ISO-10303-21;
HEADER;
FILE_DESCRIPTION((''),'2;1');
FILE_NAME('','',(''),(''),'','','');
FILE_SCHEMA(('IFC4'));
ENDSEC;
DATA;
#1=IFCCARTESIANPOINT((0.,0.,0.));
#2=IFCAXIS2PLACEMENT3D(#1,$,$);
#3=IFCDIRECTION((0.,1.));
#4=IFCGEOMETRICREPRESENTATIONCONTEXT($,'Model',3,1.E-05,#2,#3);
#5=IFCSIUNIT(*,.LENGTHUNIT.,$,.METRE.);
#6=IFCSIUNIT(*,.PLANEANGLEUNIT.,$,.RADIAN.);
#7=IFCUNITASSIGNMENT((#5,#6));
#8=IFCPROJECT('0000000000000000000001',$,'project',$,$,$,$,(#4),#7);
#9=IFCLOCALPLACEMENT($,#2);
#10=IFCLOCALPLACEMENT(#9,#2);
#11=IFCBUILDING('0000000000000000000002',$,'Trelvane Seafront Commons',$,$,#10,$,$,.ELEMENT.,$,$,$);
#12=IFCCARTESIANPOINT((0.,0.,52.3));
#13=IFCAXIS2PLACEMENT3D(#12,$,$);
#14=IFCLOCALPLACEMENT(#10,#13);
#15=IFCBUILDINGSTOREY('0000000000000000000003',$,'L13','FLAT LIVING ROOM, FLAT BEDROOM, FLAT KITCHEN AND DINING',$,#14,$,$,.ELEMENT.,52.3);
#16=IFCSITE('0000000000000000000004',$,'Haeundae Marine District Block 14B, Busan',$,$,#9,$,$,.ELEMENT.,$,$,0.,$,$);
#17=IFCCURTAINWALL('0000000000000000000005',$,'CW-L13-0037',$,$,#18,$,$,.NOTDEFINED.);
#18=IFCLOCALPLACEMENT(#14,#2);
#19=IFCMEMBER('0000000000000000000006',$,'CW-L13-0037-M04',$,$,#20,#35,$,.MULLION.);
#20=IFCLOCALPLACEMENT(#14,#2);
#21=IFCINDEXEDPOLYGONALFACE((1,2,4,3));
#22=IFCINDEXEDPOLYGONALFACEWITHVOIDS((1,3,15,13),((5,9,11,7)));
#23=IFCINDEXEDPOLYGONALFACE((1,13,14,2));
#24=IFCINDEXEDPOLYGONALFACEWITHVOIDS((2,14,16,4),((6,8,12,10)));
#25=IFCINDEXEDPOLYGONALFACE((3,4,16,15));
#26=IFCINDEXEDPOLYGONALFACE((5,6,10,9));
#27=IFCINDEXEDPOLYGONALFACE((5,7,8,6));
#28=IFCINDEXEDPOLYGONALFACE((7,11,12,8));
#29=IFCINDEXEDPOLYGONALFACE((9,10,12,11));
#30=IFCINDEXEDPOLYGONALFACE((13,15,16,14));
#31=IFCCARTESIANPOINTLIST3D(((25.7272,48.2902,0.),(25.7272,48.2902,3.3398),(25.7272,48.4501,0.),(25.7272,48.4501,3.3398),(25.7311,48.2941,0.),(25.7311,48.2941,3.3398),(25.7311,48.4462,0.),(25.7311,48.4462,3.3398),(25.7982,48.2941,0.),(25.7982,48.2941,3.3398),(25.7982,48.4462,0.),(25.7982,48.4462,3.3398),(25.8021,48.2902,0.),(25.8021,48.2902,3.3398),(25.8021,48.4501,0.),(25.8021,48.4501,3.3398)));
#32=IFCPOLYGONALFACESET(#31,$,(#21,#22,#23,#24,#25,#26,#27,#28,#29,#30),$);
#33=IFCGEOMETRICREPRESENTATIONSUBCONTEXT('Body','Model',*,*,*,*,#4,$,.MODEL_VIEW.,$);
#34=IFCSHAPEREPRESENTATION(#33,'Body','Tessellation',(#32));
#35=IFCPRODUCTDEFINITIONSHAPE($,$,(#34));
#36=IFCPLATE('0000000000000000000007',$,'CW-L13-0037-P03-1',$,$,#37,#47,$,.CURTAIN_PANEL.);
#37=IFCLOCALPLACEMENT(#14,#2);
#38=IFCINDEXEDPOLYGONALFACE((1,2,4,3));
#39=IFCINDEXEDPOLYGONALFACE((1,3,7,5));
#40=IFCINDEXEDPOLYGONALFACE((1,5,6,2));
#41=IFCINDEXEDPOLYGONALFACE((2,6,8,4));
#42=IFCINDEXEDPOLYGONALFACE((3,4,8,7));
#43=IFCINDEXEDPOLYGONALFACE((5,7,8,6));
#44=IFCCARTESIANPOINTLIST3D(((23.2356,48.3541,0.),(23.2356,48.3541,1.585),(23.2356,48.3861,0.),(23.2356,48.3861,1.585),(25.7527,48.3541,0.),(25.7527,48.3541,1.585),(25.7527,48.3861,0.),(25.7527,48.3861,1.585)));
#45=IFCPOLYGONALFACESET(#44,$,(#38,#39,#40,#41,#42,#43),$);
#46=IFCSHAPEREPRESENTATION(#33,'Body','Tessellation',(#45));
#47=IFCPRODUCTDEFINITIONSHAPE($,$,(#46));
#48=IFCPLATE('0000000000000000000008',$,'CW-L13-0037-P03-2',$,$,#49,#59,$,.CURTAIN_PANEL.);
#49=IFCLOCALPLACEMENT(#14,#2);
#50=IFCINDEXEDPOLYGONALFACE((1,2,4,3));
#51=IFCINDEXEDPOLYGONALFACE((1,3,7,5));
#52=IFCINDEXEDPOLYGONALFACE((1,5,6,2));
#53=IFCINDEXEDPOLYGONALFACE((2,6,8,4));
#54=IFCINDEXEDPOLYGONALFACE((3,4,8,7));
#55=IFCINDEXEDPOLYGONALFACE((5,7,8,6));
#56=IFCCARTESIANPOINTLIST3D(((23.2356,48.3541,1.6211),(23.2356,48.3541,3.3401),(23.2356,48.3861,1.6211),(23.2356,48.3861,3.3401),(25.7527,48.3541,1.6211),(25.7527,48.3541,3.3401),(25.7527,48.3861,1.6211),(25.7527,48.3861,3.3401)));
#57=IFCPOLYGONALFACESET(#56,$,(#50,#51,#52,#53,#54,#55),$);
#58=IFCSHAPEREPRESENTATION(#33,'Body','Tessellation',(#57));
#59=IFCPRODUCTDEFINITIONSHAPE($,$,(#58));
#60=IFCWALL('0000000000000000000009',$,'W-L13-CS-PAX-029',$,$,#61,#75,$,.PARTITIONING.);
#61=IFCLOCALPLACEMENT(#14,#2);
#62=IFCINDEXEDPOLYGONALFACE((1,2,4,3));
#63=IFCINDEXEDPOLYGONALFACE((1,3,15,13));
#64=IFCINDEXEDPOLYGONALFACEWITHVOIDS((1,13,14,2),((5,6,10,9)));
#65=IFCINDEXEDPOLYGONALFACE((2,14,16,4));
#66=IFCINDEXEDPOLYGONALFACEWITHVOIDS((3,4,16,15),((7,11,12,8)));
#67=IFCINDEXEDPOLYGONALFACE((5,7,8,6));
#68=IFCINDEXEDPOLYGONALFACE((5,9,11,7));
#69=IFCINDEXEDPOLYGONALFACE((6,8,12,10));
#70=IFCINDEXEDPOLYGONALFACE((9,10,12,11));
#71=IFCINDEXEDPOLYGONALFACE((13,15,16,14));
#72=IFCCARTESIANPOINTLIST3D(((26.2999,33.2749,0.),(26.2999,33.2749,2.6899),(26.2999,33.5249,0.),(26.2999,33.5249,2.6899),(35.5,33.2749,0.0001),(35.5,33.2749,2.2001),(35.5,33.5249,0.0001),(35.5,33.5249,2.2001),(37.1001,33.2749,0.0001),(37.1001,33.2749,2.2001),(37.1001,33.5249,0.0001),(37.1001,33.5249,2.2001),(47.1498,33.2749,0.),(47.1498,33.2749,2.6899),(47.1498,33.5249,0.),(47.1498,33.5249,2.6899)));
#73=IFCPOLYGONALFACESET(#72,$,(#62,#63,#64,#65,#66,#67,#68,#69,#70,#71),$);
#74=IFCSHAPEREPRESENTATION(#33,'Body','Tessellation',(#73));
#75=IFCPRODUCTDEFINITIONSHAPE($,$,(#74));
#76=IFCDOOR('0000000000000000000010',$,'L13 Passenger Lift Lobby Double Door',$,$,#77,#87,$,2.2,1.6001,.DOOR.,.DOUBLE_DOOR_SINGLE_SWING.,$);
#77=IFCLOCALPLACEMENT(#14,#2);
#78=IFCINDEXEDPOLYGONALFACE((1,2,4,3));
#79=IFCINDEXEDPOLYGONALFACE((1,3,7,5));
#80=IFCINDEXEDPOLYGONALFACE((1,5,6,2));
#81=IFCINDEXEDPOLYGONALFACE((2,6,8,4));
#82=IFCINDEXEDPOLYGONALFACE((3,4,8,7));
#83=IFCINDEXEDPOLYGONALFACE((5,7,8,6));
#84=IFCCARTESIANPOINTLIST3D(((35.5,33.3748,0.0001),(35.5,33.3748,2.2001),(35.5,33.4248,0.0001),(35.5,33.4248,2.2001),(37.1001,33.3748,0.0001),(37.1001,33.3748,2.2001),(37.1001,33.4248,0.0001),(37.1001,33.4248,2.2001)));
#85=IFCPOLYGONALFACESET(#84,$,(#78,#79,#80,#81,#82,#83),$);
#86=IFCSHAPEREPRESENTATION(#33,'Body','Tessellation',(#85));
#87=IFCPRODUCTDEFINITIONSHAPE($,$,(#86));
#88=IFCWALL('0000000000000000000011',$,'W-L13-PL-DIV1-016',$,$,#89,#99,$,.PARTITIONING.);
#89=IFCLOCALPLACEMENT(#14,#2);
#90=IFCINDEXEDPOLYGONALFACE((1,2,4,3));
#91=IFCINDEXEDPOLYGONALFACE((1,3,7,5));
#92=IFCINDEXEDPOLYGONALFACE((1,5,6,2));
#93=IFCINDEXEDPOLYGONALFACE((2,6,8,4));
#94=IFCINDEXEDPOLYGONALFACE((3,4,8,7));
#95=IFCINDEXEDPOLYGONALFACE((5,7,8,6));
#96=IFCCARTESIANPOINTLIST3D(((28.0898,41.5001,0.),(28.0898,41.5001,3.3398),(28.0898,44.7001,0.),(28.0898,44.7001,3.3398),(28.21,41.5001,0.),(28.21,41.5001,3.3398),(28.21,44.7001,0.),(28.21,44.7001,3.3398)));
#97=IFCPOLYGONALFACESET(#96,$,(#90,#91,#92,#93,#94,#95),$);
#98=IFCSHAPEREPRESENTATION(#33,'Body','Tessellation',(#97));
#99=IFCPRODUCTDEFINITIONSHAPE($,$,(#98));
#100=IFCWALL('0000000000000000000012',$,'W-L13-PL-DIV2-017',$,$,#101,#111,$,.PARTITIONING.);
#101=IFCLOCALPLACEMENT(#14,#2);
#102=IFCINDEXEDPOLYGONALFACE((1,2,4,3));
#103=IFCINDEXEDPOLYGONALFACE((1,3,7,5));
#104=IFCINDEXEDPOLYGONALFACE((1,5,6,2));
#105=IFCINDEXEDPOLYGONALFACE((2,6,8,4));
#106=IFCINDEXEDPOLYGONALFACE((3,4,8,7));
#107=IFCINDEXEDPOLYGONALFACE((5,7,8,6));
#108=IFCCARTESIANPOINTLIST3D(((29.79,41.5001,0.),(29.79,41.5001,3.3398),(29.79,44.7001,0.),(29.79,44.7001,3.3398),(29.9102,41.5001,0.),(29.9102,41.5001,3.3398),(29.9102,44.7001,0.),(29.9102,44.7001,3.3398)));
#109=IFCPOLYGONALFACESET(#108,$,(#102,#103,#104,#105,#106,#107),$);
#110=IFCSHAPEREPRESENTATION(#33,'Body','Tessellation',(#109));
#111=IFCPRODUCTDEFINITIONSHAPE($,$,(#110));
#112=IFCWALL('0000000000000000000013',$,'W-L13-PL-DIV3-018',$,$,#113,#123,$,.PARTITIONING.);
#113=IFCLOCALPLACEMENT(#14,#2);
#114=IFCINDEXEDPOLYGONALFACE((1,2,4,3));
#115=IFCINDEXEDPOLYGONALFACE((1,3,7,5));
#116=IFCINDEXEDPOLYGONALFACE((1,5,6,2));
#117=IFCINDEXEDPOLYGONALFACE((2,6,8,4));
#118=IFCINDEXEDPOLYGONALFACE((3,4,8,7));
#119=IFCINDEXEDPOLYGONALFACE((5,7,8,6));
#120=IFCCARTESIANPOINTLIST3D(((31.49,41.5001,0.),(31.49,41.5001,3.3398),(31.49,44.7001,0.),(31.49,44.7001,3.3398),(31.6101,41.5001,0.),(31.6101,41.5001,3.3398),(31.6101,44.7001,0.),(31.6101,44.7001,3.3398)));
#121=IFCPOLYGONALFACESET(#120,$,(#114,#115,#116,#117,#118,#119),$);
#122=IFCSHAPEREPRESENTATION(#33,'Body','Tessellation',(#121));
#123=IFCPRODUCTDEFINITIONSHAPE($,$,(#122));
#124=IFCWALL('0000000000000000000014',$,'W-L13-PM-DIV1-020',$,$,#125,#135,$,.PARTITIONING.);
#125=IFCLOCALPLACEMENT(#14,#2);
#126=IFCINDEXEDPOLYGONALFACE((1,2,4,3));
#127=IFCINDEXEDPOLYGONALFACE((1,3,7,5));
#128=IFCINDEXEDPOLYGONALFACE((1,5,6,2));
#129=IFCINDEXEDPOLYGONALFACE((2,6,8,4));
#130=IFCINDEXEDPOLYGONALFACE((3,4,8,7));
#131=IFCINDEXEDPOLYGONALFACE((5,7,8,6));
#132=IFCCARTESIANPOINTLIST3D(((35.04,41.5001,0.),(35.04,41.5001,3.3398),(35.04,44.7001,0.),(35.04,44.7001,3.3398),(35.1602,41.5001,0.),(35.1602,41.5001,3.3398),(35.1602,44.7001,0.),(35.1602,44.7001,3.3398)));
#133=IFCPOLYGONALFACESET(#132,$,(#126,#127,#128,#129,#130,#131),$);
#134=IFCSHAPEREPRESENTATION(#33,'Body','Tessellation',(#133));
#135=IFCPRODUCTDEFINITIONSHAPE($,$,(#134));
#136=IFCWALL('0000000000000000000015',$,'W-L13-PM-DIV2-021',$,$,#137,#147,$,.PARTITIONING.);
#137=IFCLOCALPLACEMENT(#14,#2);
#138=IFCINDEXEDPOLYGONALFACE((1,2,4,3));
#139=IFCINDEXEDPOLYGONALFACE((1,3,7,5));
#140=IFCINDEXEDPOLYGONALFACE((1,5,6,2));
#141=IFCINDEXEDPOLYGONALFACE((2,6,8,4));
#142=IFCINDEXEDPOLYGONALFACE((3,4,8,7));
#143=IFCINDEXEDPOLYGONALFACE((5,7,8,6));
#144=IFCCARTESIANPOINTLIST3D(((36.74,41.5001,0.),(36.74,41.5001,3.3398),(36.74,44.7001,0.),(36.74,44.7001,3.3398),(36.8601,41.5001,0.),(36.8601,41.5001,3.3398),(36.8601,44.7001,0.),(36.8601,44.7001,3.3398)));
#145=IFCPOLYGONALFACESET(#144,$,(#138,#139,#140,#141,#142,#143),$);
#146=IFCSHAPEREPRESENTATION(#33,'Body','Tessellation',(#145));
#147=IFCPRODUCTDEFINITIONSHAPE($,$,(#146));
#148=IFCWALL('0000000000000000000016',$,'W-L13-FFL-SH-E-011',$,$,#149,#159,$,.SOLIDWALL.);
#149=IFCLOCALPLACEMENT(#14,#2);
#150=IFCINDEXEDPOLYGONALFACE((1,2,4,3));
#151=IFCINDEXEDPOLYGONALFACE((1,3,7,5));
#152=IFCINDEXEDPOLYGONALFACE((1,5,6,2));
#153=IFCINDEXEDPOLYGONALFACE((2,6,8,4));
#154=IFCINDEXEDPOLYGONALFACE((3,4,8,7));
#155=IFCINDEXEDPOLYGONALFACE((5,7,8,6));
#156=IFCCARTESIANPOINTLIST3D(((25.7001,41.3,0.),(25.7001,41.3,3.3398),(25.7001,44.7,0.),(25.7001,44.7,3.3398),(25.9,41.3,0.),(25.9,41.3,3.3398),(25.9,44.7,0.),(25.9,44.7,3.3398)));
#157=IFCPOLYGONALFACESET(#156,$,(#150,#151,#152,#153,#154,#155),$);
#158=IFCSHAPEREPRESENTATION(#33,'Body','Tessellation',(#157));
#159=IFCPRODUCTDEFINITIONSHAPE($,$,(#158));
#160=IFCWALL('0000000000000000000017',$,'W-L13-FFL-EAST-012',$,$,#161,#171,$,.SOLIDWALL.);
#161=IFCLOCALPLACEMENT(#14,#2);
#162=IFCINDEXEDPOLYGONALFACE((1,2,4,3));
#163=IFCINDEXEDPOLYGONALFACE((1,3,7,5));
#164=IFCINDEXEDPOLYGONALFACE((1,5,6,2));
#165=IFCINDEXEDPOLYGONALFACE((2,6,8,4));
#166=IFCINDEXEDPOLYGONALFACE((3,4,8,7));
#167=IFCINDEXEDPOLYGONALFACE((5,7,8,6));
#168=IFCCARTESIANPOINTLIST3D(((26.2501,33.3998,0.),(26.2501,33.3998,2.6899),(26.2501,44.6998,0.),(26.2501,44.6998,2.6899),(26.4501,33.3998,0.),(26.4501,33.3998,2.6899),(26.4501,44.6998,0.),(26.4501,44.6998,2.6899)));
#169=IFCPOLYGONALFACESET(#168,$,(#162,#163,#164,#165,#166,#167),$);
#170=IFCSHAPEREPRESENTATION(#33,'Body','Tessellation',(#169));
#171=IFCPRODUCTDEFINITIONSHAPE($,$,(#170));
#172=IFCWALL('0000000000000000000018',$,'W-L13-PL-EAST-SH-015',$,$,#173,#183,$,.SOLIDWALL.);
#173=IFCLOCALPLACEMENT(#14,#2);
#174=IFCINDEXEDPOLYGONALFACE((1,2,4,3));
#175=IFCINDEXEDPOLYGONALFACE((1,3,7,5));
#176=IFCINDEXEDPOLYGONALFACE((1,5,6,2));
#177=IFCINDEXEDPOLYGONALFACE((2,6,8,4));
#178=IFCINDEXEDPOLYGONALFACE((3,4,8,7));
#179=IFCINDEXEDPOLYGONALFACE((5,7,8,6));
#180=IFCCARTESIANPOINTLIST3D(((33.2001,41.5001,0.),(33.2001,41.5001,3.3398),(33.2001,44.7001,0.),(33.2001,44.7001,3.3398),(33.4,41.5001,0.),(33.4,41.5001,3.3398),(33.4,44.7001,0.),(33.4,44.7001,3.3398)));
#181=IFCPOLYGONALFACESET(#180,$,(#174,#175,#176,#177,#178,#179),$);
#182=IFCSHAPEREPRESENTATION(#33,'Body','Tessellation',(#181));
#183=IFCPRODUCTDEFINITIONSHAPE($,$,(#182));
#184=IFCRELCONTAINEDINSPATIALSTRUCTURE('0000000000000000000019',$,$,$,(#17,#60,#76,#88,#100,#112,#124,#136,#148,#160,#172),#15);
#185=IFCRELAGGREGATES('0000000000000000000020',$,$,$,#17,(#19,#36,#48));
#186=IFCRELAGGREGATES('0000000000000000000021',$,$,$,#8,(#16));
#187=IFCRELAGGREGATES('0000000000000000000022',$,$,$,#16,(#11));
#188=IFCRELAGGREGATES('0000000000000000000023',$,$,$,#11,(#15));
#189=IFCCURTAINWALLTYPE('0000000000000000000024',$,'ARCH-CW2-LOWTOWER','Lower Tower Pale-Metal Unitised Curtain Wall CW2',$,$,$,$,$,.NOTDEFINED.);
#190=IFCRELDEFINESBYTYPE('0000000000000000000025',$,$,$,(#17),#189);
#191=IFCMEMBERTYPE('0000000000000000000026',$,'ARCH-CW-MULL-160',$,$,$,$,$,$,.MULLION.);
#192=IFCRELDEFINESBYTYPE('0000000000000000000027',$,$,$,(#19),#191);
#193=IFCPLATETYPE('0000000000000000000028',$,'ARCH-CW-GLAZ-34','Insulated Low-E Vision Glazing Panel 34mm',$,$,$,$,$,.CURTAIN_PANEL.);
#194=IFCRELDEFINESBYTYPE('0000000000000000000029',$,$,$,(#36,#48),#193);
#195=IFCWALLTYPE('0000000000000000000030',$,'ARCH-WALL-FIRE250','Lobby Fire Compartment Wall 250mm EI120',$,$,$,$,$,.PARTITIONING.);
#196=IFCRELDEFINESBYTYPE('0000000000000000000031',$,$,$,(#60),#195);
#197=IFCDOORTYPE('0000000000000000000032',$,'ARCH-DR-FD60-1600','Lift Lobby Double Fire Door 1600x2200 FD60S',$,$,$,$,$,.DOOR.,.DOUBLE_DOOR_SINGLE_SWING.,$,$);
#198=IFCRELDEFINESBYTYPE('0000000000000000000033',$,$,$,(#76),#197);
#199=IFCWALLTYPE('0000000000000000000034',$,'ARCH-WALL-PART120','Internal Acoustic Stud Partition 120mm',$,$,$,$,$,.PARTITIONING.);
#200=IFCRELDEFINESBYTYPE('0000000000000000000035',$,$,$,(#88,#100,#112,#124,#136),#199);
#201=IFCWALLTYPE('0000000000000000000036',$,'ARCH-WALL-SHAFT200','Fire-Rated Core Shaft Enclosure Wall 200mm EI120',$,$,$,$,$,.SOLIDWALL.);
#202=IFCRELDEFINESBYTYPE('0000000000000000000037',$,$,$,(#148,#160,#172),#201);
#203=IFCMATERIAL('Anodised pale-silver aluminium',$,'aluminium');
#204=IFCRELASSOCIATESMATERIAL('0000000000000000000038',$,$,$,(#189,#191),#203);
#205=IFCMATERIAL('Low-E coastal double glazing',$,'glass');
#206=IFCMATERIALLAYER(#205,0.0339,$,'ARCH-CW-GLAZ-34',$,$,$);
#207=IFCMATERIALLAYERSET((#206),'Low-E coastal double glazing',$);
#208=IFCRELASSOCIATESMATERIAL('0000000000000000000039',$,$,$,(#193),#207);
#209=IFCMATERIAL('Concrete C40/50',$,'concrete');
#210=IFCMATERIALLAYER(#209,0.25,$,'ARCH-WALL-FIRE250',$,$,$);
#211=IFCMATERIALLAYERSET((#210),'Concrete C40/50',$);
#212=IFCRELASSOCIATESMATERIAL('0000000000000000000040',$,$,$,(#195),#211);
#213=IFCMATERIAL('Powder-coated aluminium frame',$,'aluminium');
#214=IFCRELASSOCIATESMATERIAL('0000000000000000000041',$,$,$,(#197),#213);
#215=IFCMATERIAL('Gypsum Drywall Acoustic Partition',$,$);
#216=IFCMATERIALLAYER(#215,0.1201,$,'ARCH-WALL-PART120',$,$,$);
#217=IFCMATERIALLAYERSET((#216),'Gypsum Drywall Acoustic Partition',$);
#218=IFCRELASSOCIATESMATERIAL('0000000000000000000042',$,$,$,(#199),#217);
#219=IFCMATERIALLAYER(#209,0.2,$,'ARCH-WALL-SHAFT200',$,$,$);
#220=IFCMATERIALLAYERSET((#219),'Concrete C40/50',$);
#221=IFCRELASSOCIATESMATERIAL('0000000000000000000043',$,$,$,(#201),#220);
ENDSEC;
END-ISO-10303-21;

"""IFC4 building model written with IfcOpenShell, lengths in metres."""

from ifc_helpers import new_model, si_unit, direction, frame, frame_2d, origin, origin_2d, place, context, subcontext, project, spatial, rectangle, hollow_rectangle, extrude, source, transform, mapped, material, layer, layer_set, material_profile, profile_set, type_object, element, fill, aggregate, save


model = new_model("IFC4")

# Units and contexts
model_context = context("Model", 3, precision=1e-05, world=origin(), true_north=direction((0.0, 1.0)))
body_context = subcontext(model_context, "Body", "Model", "MODEL_VIEW")
ifc_project = project(units=[si_unit("LENGTHUNIT", "METRE"), si_unit("PLANEANGLEUNIT", "RADIAN")], contexts=[model_context])

# Site, building, storey
site_placement = place(None, origin())
site = spatial("IfcSite", under=ifc_project, at=site_placement, Name="Haeundae Marine District Block 14B, Busan", CompositionType="ELEMENT", RefElevation=0.0)
building_placement = place(site_placement, origin())
building = spatial("IfcBuilding", under=site, at=building_placement, Name="Trelvane Seafront Commons", CompositionType="ELEMENT")
storey_placement = place(building_placement, frame((0.0, 0.0, 52.3)))
storey = spatial("IfcBuildingStorey", under=building, at=storey_placement, Name="L13", Description="FLAT LIVING ROOM, FLAT BEDROOM, FLAT KITCHEN AND DINING", CompositionType="ELEMENT", Elevation=52.3)

# Curtain wall, member, plates
ifc_material_1 = material(Name="Anodised pale-silver aluminium", Category="aluminium")
curtain_wall_type = type_object("IfcCurtainWallType", Name="ARCH-CW2-LOWTOWER", Description="Lower Tower Pale-Metal Unitised Curtain Wall CW2", PredefinedType="NOTDEFINED", material=ifc_material_1)
curtain_wall_placement = place(storey_placement, origin())
curtain_wall = element("IfcCurtainWall", 1, at=curtain_wall_placement, inside=storey, type_object=curtain_wall_type, Name="CW-L13-0037", PredefinedType="NOTDEFINED")
ifc_material_profile_1 = material_profile(ifc_material_1, hollow_rectangle(XDim=0.075, YDim=0.1599, WallThickness=0.0039, at=origin_2d()), Name="MULL-75x160x4")
ifc_profile_set_1 = profile_set([ifc_material_profile_1], Name="Anodised pale-silver aluminium")
member_type_1 = type_object("IfcMemberType", Name="ARCH-CW-MULL-160", PredefinedType="MULLION", material=ifc_profile_set_1)
shared_shape_1 = source(origin(), body_context, "Body", "SweptSolid", [
    extrude(hollow_rectangle(XDim=0.075, YDim=0.1599, WallThickness=0.0039, at=origin_2d()), origin(), (0.0, 0.0, 1.0), 3.3398),
])
member_1_placement = place(storey_placement, frame((25.7646, 48.3701, 0.0), z_axis=(0.0, 0.0, 1.0), x_axis=(1.0, 0.0, 0.0)))
member_1 = element("IfcMember", 2, at=member_1_placement, type_object=member_type_1, Name="CW-L13-0037-M04", PredefinedType="MULLION", context=body_context, shape_type="MappedRepresentation", body=[
    mapped(shared_shape_1, transform((0.0, 0.0, 0.0), x_axis=(1.0, 0.0, 0.0), y_axis=(0.0, 1.0, 0.0), z_axis=(0.0, 0.0, 1.0), scale=1.0)),
])
ifc_material_2 = material(Name="Low-E coastal double glazing", Category="glass")
ifc_layer_1 = layer(ifc_material_2, 0.0339, Name="ARCH-CW-GLAZ-34")
ifc_layer_set_1 = layer_set([ifc_layer_1], Name="Low-E coastal double glazing")
plate_type = type_object("IfcPlateType", Name="ARCH-CW-GLAZ-34", Description="Insulated Low-E Vision Glazing Panel 34mm", PredefinedType="CURTAIN_PANEL", material=ifc_layer_set_1)
shared_shape_2 = source(origin(), body_context, "Body", "SweptSolid", [
    extrude(rectangle(XDim=2.5171, YDim=0.032, at=origin_2d()), origin(), (0.0, 0.0, 1.0), 1.585),
])
plate_1_placement = place(storey_placement, frame((24.4941, 48.3701, 0.0), z_axis=(0.0, 0.0, 1.0), x_axis=(1.0, 0.0, 0.0)))
plate_1 = element("IfcPlate", 3, at=plate_1_placement, type_object=plate_type, Name="CW-L13-0037-P03-1", PredefinedType="CURTAIN_PANEL", context=body_context, shape_type="MappedRepresentation", body=[
    mapped(shared_shape_2, transform((0.0, 0.0, 0.0), x_axis=(1.0, 0.0, 0.0), y_axis=(0.0, 1.0, 0.0), z_axis=(0.0, 0.0, 1.0), scale=1.0)),
])
shared_shape_3 = source(origin(), body_context, "Body", "SweptSolid", [
    extrude(rectangle(XDim=2.5171, YDim=0.032, at=origin_2d()), origin(), (0.0, 0.0, 1.0), 1.719),
])
plate_2_placement = place(storey_placement, frame((24.4941, 48.3701, 1.6211), z_axis=(0.0, 0.0, 1.0), x_axis=(1.0, 0.0, 0.0)))
plate_2 = element("IfcPlate", 4, at=plate_2_placement, type_object=plate_type, Name="CW-L13-0037-P03-2", PredefinedType="CURTAIN_PANEL", context=body_context, shape_type="MappedRepresentation", body=[
    mapped(shared_shape_3, transform((0.0, 0.0, 0.0), x_axis=(1.0, 0.0, 0.0), y_axis=(0.0, 1.0, 0.0), z_axis=(0.0, 0.0, 1.0), scale=1.0)),
])
aggregate(curtain_wall, [member_1, plate_1, plate_2])

# Wall, opening, door
ifc_material_3 = material(Name="Concrete C40/50", Category="concrete")
ifc_layer_2 = layer(ifc_material_3, 0.25, Name="ARCH-WALL-FIRE250")
ifc_layer_set_2 = layer_set([ifc_layer_2], Name="Concrete C40/50")
wall_type_1 = type_object("IfcWallType", Name="ARCH-WALL-FIRE250", Description="Lobby Fire Compartment Wall 250mm EI120", PredefinedType="PARTITIONING", material=ifc_layer_set_2)
wall_1_placement = place(storey_placement, frame((26.3, 33.3999, 0.0), z_axis=(0.0, 0.0, 1.0), x_axis=(1.0, 0.0, 0.0)))
wall_1 = element("IfcWall", 5, at=wall_1_placement, inside=storey, type_object=wall_type_1, Name="W-L13-CS-PAX-029", PredefinedType="PARTITIONING", context=body_context, shape_type="SweptSolid", body=[
    extrude(rectangle(XDim=20.8499, YDim=0.25, at=frame_2d((10.4248, 0.0))), origin(), (0.0, 0.0, 1.0), 2.6899),
])
opening_1_placement = place(wall_1_placement, frame((9.2, 0.0, 0.0)))
opening_1 = element("IfcOpeningElement", 6, at=opening_1_placement, cuts=wall_1, PredefinedType="OPENING", context=body_context, shape_type="SweptSolid", body=[
    extrude(rectangle(XDim=1.6001, YDim=2.2, at=frame_2d((0.8, 1.1001))), frame((0.0, 0.135, 0.0), z_axis=(0.0, -1.0, 0.0), x_axis=(1.0, 0.0, 0.0)), (0.0, 0.0, 1.0), 0.27),
])
ifc_material_4 = material(Name="Powder-coated aluminium frame", Category="aluminium")
door_type_1 = type_object("IfcDoorType", Name="ARCH-DR-FD60-1600", Description="Lift Lobby Double Fire Door 1600x2200 FD60S", OperationType="DOUBLE_DOOR_SINGLE_SWING", PredefinedType="DOOR", material=ifc_material_4)
shared_shape_4 = source(origin(), body_context, "Body", "SweptSolid", [
    extrude(rectangle(XDim=1.6001, YDim=2.2, at=frame_2d((0.8, 1.1001))), frame((0.0, 0.0249, 0.0), z_axis=(0.0, -1.0, 0.0), x_axis=(1.0, 0.0, 0.0)), (0.0, 0.0, 1.0), 0.05),
])
door_1_placement = place(opening_1_placement, origin())
door_1 = element("IfcDoor", 7, at=door_1_placement, inside=storey, type_object=door_type_1, Name="L13 Passenger Lift Lobby Double Door", OperationType="DOUBLE_DOOR_SINGLE_SWING", OverallHeight=2.2, OverallWidth=1.6001, PredefinedType="DOOR", context=body_context, shape_type="MappedRepresentation", body=[
    mapped(shared_shape_4, transform((0.0, 0.0, 0.0), x_axis=(1.0, 0.0, 0.0), y_axis=(0.0, 1.0, 0.0), z_axis=(0.0, 0.0, 1.0), scale=1.0)),
])
fill(opening_1, door_1)

# Walls
ifc_material_5 = material(Name="Gypsum Drywall Acoustic Partition")
ifc_layer_3 = layer(ifc_material_5, 0.1201, Name="ARCH-WALL-PART120")
ifc_layer_set_3 = layer_set([ifc_layer_3], Name="Gypsum Drywall Acoustic Partition")
wall_type_2 = type_object("IfcWallType", Name="ARCH-WALL-PART120", Description="Internal Acoustic Stud Partition 120mm", PredefinedType="PARTITIONING", material=ifc_layer_set_3)
for number, where, z_axis, x_axis, name in (
    (8, (28.1499, 41.5, 0.0), (0.0, 0.0, 1.0), (0.0, 1.0, 0.0), "W-L13-PL-DIV1-016"),
    (9, (29.8501, 41.5, 0.0), (0.0, 0.0, 1.0), (0.0, 1.0, 0.0), "W-L13-PL-DIV2-017"),
    (10, (31.55, 41.5, 0.0), (0.0, 0.0, 1.0), (0.0, 1.0, 0.0), "W-L13-PL-DIV3-018"),
    (11, (35.1001, 41.5, 0.0), (0.0, 0.0, 1.0), (0.0, 1.0, 0.0), "W-L13-PM-DIV1-020"),
    (12, (36.8, 41.5, 0.0), (0.0, 0.0, 1.0), (0.0, 1.0, 0.0), "W-L13-PM-DIV2-021"),
):
    element("IfcWall", number, at=place(storey_placement, frame(where, z_axis=z_axis, x_axis=x_axis)), inside=storey, type_object=wall_type_2, Name=name, PredefinedType="PARTITIONING", context=body_context, shape_type="SweptSolid", body=[
        extrude(rectangle(XDim=3.2, YDim=0.1201, at=frame_2d((1.6001, 0.0))), origin(), (0.0, 0.0, 1.0), 3.3398),
    ])
ifc_layer_4 = layer(ifc_material_3, 0.2, Name="ARCH-WALL-SHAFT200")
ifc_layer_set_4 = layer_set([ifc_layer_4], Name="Concrete C40/50")
wall_type_3 = type_object("IfcWallType", Name="ARCH-WALL-SHAFT200", Description="Fire-Rated Core Shaft Enclosure Wall 200mm EI120", PredefinedType="SOLIDWALL", material=ifc_layer_set_4)
wall_2_placement = place(storey_placement, frame((25.8, 41.3, 0.0), z_axis=(0.0, 0.0, 1.0), x_axis=(0.0, 1.0, 0.0)))
element("IfcWall", 13, at=wall_2_placement, inside=storey, type_object=wall_type_3, Name="W-L13-FFL-SH-E-011", PredefinedType="SOLIDWALL", context=body_context, shape_type="SweptSolid", body=[
    extrude(rectangle(XDim=3.3999, YDim=0.2, at=frame_2d((1.7, 0.0))), origin(), (0.0, 0.0, 1.0), 3.3398),
])
wall_3_placement = place(storey_placement, frame((26.3501, 33.3999, 0.0), z_axis=(0.0, 0.0, 1.0), x_axis=(0.0, 1.0, 0.0)))
element("IfcWall", 14, at=wall_3_placement, inside=storey, type_object=wall_type_3, Name="W-L13-FFL-EAST-012", PredefinedType="SOLIDWALL", context=body_context, shape_type="SweptSolid", body=[
    extrude(rectangle(XDim=11.3, YDim=0.2, at=frame_2d((5.6499, 0.0))), origin(), (0.0, 0.0, 1.0), 2.6899),
])

# Wall
wall_4_placement = place(storey_placement, frame((33.3, 41.5, 0.0), z_axis=(0.0, 0.0, 1.0), x_axis=(0.0, 1.0, 0.0)))
element("IfcWall", 15, at=wall_4_placement, inside=storey, type_object=wall_type_3, Name="W-L13-PL-EAST-SH-015", PredefinedType="SOLIDWALL", context=body_context, shape_type="SweptSolid", body=[
    extrude(rectangle(XDim=3.2, YDim=0.2, at=frame_2d((1.6001, 0.0))), origin(), (0.0, 0.0, 1.0), 3.3398),
])

save(model, "model.ifc")
